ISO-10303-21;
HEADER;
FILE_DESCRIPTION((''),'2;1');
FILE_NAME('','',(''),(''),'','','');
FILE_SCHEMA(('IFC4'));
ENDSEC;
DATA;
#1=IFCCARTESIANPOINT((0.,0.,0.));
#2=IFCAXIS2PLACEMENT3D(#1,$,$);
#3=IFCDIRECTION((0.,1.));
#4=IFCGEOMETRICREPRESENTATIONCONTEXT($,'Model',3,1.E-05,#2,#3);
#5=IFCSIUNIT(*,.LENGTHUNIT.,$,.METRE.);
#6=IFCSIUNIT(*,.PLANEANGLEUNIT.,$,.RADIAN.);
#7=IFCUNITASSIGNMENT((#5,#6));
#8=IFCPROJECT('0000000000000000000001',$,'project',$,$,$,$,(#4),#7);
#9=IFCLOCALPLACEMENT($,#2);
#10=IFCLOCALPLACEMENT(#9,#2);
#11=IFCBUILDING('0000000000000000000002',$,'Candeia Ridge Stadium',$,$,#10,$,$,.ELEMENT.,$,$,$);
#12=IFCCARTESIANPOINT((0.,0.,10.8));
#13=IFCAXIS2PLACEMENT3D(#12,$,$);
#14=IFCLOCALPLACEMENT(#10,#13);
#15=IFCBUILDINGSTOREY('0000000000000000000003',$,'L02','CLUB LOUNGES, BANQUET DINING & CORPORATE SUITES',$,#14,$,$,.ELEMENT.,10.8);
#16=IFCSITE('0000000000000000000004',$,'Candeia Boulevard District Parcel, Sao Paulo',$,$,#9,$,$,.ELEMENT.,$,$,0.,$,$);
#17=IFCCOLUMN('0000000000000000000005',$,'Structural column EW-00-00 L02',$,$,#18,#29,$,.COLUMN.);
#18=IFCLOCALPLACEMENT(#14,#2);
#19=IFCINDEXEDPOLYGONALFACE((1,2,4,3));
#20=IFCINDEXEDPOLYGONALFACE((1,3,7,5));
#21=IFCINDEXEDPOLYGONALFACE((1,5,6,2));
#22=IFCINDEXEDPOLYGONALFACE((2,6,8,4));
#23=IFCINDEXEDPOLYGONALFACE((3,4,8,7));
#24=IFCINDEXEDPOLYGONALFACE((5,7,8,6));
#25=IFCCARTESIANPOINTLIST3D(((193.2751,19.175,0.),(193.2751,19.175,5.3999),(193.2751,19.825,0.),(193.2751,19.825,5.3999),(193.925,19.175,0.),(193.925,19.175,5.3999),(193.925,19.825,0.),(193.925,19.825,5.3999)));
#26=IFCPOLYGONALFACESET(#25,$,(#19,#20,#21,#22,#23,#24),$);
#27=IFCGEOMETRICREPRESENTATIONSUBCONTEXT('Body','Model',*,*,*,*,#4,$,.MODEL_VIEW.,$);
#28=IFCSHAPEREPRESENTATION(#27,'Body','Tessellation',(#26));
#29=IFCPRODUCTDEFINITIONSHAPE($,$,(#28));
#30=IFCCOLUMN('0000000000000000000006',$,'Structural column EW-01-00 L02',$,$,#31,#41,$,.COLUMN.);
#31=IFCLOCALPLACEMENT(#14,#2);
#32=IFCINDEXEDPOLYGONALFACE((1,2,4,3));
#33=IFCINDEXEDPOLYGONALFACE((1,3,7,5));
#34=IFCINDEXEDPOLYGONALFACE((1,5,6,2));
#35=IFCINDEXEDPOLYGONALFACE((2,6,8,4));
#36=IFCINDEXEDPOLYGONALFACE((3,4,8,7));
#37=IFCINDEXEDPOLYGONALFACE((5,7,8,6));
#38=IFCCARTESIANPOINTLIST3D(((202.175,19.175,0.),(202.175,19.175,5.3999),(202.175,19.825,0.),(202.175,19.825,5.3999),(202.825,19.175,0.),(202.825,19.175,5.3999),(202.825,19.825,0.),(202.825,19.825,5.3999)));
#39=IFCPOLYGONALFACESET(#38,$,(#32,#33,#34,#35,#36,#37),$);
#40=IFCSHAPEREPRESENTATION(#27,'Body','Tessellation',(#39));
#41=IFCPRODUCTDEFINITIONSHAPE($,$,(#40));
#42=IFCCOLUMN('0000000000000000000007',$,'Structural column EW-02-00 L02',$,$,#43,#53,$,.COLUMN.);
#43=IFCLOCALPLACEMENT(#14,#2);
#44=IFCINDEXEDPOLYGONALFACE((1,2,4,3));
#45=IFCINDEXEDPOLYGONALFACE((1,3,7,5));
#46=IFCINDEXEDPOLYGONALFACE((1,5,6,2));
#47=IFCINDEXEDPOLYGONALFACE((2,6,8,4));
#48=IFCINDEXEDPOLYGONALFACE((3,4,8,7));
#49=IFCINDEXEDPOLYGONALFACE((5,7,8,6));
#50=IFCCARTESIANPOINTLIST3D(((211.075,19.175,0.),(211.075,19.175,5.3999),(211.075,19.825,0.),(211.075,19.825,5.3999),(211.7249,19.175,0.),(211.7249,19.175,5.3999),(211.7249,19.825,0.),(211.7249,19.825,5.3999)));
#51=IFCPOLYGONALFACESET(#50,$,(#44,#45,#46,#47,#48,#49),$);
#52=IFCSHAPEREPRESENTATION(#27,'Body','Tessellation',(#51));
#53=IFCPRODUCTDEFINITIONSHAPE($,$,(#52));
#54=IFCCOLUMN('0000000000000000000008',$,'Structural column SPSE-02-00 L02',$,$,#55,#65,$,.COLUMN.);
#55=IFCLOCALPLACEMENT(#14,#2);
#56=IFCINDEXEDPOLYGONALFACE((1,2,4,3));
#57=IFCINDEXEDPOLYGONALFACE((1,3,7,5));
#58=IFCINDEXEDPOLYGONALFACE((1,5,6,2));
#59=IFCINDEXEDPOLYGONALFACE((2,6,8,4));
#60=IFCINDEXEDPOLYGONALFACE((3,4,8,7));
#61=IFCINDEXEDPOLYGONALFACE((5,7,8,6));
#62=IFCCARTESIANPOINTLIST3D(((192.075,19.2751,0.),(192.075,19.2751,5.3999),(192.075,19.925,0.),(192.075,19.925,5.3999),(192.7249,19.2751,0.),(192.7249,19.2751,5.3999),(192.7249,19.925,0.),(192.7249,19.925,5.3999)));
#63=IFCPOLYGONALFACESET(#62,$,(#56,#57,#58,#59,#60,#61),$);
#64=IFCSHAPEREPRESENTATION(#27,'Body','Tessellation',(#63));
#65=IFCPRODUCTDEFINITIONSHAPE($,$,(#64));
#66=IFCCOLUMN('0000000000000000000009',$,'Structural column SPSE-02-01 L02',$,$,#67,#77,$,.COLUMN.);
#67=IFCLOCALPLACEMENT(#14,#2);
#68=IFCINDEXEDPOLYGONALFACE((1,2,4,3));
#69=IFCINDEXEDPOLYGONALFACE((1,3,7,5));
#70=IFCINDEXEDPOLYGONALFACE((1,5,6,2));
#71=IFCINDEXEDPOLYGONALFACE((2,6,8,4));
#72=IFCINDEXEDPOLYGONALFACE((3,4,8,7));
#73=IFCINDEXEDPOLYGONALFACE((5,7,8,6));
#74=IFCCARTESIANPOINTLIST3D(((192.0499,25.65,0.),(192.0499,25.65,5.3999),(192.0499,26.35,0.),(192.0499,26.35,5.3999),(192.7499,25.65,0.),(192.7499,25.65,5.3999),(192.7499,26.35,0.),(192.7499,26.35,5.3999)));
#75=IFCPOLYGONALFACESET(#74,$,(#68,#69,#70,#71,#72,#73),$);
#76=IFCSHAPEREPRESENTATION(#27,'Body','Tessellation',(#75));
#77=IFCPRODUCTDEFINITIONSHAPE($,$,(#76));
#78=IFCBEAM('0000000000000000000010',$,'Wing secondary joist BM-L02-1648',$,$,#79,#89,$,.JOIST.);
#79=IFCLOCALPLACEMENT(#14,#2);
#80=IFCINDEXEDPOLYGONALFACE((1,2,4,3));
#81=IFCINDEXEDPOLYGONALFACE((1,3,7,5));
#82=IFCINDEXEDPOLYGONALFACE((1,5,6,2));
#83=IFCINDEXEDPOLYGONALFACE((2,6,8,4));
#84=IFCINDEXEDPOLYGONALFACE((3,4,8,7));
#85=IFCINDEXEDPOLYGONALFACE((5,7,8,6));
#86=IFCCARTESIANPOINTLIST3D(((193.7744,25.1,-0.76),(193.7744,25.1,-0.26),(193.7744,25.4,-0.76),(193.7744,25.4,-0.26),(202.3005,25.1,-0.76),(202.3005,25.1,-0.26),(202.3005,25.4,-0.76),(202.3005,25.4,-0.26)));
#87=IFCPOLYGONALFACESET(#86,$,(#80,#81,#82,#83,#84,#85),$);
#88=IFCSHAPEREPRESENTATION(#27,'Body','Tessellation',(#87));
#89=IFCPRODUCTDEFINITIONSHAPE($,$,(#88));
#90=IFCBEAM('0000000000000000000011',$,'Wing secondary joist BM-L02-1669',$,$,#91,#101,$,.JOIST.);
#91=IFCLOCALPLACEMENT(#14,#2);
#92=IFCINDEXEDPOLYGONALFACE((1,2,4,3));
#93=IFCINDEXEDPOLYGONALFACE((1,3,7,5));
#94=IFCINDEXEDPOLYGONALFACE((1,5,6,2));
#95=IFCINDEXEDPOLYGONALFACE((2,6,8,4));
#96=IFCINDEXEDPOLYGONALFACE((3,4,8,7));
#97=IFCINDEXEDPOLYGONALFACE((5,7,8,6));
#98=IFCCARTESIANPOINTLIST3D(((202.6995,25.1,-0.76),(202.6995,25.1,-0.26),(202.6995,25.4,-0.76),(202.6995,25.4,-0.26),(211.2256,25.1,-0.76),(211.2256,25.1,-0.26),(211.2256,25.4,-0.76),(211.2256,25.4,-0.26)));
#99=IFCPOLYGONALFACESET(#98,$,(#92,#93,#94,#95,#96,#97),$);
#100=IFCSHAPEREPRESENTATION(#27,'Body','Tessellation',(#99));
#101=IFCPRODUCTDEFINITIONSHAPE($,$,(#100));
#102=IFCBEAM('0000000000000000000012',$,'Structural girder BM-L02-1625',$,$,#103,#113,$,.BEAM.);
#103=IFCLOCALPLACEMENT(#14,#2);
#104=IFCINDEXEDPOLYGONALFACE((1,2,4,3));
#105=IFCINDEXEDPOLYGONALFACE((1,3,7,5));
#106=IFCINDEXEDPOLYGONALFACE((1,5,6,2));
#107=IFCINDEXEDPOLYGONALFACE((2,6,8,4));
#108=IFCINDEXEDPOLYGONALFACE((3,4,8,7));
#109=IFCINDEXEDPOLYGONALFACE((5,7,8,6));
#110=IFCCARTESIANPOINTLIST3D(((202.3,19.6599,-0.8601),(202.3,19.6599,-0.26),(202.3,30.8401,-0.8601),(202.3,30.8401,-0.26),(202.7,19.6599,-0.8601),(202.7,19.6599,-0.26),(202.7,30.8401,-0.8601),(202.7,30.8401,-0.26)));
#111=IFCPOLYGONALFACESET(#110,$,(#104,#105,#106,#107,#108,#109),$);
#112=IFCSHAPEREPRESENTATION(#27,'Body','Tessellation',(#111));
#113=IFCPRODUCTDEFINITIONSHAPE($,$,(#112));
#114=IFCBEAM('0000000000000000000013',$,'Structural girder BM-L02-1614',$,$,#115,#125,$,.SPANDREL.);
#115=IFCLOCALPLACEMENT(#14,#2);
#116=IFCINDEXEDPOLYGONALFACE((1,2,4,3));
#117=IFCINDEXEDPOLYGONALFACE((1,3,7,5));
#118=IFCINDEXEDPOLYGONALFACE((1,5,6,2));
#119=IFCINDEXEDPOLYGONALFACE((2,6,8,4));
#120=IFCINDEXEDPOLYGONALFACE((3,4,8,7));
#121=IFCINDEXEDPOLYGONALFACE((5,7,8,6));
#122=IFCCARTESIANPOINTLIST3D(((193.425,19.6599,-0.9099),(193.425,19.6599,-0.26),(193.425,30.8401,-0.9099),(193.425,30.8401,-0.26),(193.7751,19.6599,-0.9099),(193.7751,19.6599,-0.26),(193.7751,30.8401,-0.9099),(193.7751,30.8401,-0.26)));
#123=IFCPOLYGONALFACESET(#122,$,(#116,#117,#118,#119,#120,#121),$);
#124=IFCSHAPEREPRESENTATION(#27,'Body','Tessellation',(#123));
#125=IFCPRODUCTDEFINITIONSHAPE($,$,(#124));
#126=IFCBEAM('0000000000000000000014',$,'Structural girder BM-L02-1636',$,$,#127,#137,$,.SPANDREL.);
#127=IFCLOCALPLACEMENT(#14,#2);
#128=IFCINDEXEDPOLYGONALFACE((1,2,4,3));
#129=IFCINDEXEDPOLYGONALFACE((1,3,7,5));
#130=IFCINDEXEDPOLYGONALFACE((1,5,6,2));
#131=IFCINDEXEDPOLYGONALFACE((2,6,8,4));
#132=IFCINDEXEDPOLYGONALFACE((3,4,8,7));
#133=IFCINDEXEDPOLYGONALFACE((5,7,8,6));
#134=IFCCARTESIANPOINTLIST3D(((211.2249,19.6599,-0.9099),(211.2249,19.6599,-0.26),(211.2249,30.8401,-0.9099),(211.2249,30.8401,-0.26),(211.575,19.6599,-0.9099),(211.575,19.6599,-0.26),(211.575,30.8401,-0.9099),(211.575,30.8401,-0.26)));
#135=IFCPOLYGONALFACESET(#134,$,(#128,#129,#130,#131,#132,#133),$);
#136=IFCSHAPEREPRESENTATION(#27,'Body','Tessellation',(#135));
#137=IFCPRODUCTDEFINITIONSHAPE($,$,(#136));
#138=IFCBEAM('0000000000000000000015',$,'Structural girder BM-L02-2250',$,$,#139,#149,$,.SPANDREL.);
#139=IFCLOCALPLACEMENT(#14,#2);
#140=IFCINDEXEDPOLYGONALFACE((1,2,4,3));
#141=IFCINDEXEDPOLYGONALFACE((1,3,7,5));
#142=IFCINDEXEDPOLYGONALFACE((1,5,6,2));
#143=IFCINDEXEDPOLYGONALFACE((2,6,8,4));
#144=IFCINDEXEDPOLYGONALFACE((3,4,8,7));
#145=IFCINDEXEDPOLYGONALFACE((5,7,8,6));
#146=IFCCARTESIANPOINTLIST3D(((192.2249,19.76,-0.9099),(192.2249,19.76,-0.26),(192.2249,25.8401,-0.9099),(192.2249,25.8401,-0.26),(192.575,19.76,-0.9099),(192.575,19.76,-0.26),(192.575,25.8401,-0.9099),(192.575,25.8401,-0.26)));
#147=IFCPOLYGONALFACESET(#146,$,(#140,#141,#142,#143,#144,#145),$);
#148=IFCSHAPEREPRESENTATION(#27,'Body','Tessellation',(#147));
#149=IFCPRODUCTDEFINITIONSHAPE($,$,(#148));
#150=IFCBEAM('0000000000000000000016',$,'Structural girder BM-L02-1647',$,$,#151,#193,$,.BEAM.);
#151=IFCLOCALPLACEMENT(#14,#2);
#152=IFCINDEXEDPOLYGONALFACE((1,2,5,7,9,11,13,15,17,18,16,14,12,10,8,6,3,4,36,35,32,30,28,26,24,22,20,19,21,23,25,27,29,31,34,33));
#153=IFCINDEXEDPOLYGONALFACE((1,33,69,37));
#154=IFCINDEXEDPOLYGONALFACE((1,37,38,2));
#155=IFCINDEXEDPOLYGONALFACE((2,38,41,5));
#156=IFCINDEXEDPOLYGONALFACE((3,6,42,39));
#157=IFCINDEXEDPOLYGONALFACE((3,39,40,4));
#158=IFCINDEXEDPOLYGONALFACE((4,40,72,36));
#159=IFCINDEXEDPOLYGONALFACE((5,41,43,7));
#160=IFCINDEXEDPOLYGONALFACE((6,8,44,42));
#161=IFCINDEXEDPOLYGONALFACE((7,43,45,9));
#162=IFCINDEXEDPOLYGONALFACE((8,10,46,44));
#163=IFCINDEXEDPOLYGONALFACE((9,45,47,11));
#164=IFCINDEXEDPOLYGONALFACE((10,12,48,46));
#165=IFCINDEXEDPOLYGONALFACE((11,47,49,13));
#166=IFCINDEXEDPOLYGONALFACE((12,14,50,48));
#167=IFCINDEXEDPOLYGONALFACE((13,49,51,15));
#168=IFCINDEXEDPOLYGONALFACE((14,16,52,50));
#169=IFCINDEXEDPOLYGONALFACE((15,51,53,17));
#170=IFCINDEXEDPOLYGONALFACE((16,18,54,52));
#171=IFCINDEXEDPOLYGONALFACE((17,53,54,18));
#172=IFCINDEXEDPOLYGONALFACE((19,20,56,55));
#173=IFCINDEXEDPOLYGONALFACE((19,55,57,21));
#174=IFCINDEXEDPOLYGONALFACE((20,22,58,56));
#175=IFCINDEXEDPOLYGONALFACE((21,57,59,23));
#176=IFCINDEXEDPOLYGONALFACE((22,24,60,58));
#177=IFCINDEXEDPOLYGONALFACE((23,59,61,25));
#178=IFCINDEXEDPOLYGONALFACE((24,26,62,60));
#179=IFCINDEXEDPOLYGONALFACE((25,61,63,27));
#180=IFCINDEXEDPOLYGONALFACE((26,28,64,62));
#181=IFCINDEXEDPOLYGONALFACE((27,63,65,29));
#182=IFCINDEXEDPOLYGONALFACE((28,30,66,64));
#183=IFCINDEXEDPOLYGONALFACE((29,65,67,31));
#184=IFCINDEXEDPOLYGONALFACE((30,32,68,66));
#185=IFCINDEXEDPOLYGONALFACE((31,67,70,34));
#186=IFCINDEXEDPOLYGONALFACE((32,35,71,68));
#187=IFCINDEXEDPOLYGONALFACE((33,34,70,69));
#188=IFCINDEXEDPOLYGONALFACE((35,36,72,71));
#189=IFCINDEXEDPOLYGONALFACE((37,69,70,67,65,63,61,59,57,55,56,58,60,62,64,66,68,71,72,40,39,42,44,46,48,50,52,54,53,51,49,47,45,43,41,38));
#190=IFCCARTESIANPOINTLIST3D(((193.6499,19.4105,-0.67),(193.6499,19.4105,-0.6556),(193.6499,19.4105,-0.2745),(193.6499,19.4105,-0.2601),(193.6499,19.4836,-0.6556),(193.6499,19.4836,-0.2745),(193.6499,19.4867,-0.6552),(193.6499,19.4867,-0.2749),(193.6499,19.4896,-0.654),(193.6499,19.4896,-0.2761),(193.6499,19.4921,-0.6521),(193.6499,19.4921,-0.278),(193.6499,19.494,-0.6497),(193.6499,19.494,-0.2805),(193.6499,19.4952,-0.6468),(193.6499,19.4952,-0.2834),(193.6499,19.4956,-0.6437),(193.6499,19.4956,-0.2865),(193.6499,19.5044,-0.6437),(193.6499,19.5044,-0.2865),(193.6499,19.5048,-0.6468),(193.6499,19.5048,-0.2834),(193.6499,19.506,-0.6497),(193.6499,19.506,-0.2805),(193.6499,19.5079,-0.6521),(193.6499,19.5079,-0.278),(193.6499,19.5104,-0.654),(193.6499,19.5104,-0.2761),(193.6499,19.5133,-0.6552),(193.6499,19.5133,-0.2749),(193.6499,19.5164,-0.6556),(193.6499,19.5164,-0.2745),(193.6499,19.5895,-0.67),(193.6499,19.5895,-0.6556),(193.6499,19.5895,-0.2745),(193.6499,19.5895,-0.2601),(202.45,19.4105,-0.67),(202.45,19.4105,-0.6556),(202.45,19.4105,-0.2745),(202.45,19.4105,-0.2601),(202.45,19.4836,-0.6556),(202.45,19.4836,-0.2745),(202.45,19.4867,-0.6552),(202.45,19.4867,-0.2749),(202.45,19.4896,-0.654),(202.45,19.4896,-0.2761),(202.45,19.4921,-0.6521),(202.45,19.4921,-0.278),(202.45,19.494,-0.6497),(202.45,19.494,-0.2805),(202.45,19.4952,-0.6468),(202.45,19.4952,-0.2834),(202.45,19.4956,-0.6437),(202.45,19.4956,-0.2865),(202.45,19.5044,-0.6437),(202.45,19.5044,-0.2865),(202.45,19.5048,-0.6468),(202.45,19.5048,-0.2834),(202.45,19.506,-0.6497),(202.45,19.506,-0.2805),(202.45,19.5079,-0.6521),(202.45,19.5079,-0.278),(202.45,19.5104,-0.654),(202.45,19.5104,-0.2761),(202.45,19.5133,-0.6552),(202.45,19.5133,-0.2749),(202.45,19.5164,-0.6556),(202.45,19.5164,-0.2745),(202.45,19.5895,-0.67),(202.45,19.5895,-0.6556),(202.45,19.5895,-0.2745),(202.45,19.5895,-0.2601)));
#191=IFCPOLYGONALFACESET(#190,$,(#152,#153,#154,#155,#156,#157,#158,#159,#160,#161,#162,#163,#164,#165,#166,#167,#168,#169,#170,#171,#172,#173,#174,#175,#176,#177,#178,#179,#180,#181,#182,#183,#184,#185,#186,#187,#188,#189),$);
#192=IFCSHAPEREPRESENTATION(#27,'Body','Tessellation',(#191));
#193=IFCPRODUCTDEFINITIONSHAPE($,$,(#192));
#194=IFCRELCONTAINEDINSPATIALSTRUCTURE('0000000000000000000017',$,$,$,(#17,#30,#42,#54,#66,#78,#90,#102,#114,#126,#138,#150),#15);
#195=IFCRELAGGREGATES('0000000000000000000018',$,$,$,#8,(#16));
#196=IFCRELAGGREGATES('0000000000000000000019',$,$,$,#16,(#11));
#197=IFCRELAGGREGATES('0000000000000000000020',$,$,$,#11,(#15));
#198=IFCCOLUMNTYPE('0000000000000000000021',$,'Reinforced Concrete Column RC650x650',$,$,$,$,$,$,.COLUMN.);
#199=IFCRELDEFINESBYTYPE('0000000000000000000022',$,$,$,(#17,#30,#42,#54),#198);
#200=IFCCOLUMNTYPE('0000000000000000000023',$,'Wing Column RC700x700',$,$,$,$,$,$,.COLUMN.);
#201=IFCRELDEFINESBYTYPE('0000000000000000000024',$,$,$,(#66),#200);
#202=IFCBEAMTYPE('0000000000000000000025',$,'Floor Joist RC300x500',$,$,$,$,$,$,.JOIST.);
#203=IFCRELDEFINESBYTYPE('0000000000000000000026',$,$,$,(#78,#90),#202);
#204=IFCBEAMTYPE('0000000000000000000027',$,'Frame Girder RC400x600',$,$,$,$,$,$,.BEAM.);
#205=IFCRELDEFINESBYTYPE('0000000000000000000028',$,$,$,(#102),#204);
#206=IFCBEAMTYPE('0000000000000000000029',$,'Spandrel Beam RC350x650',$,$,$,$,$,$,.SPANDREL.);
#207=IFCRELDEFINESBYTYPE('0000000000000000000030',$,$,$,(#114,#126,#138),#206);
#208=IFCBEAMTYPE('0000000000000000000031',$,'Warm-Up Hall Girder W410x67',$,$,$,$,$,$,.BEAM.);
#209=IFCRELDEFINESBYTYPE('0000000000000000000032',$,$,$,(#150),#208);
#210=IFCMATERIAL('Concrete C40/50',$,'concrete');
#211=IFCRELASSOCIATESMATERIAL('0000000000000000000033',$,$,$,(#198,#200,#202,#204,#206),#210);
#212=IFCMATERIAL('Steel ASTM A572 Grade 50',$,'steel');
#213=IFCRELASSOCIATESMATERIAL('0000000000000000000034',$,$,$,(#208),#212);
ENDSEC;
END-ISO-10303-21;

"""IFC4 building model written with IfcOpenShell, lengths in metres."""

from ifc_helpers import new_model, si_unit, direction, frame, origin, origin_2d, place, context, subcontext, project, spatial, rectangle, i_section, extrude, material, material_profile, profile_set, type_object, element, save


model = new_model("IFC4")

# Units and contexts
model_context = context("Model", 3, precision=1e-05, world=origin(), true_north=direction((0.0, 1.0)))
body_context = subcontext(model_context, "Body", "Model", "MODEL_VIEW")
ifc_project = project(units=[si_unit("LENGTHUNIT", "METRE"), si_unit("PLANEANGLEUNIT", "RADIAN")], contexts=[model_context])

# Site, building, storey
site_placement = place(None, origin())
site = spatial("IfcSite", under=ifc_project, at=site_placement, Name="Candeia Boulevard District Parcel, Sao Paulo", CompositionType="ELEMENT", RefElevation=0.0)
building_placement = place(site_placement, origin())
building = spatial("IfcBuilding", under=site, at=building_placement, Name="Candeia Ridge Stadium", CompositionType="ELEMENT")
storey_placement = place(building_placement, frame((0.0, 0.0, 10.8)))
storey = spatial("IfcBuildingStorey", under=building, at=storey_placement, Name="L02", Description="CLUB LOUNGES, BANQUET DINING & CORPORATE SUITES", CompositionType="ELEMENT", Elevation=10.8)

# Columns
ifc_material_1 = material(Name="Concrete C40/50", Category="concrete")
ifc_material_profile_1 = material_profile(ifc_material_1, rectangle(XDim=0.6499, YDim=0.6499, at=origin_2d()), Name="RC650x650", Category="concrete")
ifc_profile_set_1 = profile_set([ifc_material_profile_1], Name="Concrete C40/50")
column_type_1 = type_object("IfcColumnType", Name="Reinforced Concrete Column RC650x650", PredefinedType="COLUMN", material=ifc_profile_set_1)
for number, where, z_axis, x_axis, name in (
    (1, (193.6001, 19.5, 0.0), (0.0, 0.0, 1.0), (1.0, 0.0, 0.0), "Structural column EW-00-00 L02"),
    (2, (202.5, 19.5, 0.0), (0.0, 0.0, 1.0), (1.0, 0.0, 0.0), "Structural column EW-01-00 L02"),
    (3, (211.3999, 19.5, 0.0), (0.0, 0.0, 1.0), (1.0, 0.0, 0.0), "Structural column EW-02-00 L02"),
    (4, (192.3999, 19.6001, 0.0), (0.0, 0.0, 1.0), (1.0, 0.0, 0.0), "Structural column SPSE-02-00 L02"),
):
    element("IfcColumn", number, at=place(storey_placement, frame(where, z_axis=z_axis, x_axis=x_axis)), inside=storey, type_object=column_type_1, Name=name, PredefinedType="COLUMN", context=body_context, shape_type="SweptSolid", body=[
        extrude(rectangle(XDim=0.6499, YDim=0.6499, at=origin_2d()), origin(), (0.0, 0.0, 1.0), 5.3999),
    ])
ifc_material_profile_2 = material_profile(ifc_material_1, rectangle(XDim=0.7, YDim=0.7, at=origin_2d()), Name="RC700x700", Category="concrete")
ifc_profile_set_2 = profile_set([ifc_material_profile_2], Name="Concrete C40/50")
column_type_2 = type_object("IfcColumnType", Name="Wing Column RC700x700", PredefinedType="COLUMN", material=ifc_profile_set_2)
column_placement = place(storey_placement, frame((192.3999, 26.0, 0.0), z_axis=(0.0, 0.0, 1.0), x_axis=(1.0, 0.0, 0.0)))
element("IfcColumn", 5, at=column_placement, inside=storey, type_object=column_type_2, Name="Structural column SPSE-02-01 L02", PredefinedType="COLUMN", context=body_context, shape_type="SweptSolid", body=[
    extrude(rectangle(XDim=0.7, YDim=0.7, at=origin_2d()), origin(), (0.0, 0.0, 1.0), 5.3999),
])

# Beams
ifc_material_profile_3 = material_profile(ifc_material_1, rectangle(XDim=0.3, YDim=0.5, at=origin_2d()), Name="RC300x500", Category="concrete")
ifc_profile_set_3 = profile_set([ifc_material_profile_3], Name="Concrete C40/50")
beam_type_1 = type_object("IfcBeamType", Name="Floor Joist RC300x500", PredefinedType="JOIST", material=ifc_profile_set_3)
for number, where, z_axis, x_axis, name in (
    (6, (193.7744, 25.25, -0.51), (1.0, 0.0, 0.0), (0.0, 1.0, 0.0), "Wing secondary joist BM-L02-1648"),
    (7, (202.6995, 25.25, -0.51), (1.0, 0.0, 0.0), (0.0, 1.0, 0.0), "Wing secondary joist BM-L02-1669"),
):
    element("IfcBeam", number, at=place(storey_placement, frame(where, z_axis=z_axis, x_axis=x_axis)), inside=storey, type_object=beam_type_1, Name=name, PredefinedType="JOIST", context=body_context, shape_type="SweptSolid", body=[
        extrude(rectangle(XDim=0.3, YDim=0.5, at=origin_2d()), origin(), (0.0, 0.0, 1.0), 8.5261),
    ])
ifc_material_profile_4 = material_profile(ifc_material_1, rectangle(XDim=0.3999, YDim=0.6001, at=origin_2d()), Name="RC400x600", Category="concrete")
ifc_profile_set_4 = profile_set([ifc_material_profile_4], Name="Concrete C40/50")
beam_type_2 = type_object("IfcBeamType", Name="Frame Girder RC400x600", PredefinedType="BEAM", material=ifc_profile_set_4)
beam_1_placement = place(storey_placement, frame((202.5, 19.6599, -0.5601), z_axis=(0.0, 1.0, 0.0), x_axis=(-1.0, 0.0, 0.0)))
element("IfcBeam", 8, at=beam_1_placement, inside=storey, type_object=beam_type_2, Name="Structural girder BM-L02-1625", PredefinedType="BEAM", context=body_context, shape_type="SweptSolid", body=[
    extrude(rectangle(XDim=0.3999, YDim=0.6001, at=origin_2d()), origin(), (0.0, 0.0, 1.0), 11.1802),
])
ifc_material_profile_5 = material_profile(ifc_material_1, rectangle(XDim=0.3501, YDim=0.6499, at=origin_2d()), Name="RC350x650", Category="concrete")
ifc_profile_set_5 = profile_set([ifc_material_profile_5], Name="Concrete C40/50")
beam_type_3 = type_object("IfcBeamType", Name="Spandrel Beam RC350x650", PredefinedType="SPANDREL", material=ifc_profile_set_5)
for number, where, z_axis, x_axis, name in (
    (9, (193.6001, 19.6599, -0.585), (0.0, 1.0, 0.0), (-1.0, 0.0, 0.0), "Structural girder BM-L02-1614"),
    (10, (211.3999, 19.6599, -0.585), (0.0, 1.0, 0.0), (-1.0, 0.0, 0.0), "Structural girder BM-L02-1636"),
):
    element("IfcBeam", number, at=place(storey_placement, frame(where, z_axis=z_axis, x_axis=x_axis)), inside=storey, type_object=beam_type_3, Name=name, PredefinedType="SPANDREL", context=body_context, shape_type="SweptSolid", body=[
        extrude(rectangle(XDim=0.3501, YDim=0.6499, at=origin_2d()), origin(), (0.0, 0.0, 1.0), 11.1802),
    ])
beam_2_placement = place(storey_placement, frame((192.3999, 19.76, -0.585), z_axis=(0.0, 1.0, 0.0), x_axis=(-1.0, 0.0, 0.0)))
element("IfcBeam", 11, at=beam_2_placement, inside=storey, type_object=beam_type_3, Name="Structural girder BM-L02-2250", PredefinedType="SPANDREL", context=body_context, shape_type="SweptSolid", body=[
    extrude(rectangle(XDim=0.3501, YDim=0.6499, at=origin_2d()), origin(), (0.0, 0.0, 1.0), 6.0801),
])
ifc_material_2 = material(Name="Steel ASTM A572 Grade 50", Category="steel")
ifc_material_profile_6 = material_profile(ifc_material_2, i_section(OverallWidth=0.179, OverallDepth=0.4099, WebThickness=0.0088, FlangeThickness=0.0144, FilletRadius=0.012, at=origin_2d()), Name="W410x67", Category="steel")
ifc_profile_set_6 = profile_set([ifc_material_profile_6], Name="Steel ASTM A572 Grade 50")
beam_type_4 = type_object("IfcBeamType", Name="Warm-Up Hall Girder W410x67", PredefinedType="BEAM", material=ifc_profile_set_6)
for number, where, z_axis, x_axis, name in (
    (12, (193.6499, 19.5, -0.4651), (1.0, 0.0, 0.0), (0.0, 1.0, 0.0), "Structural girder BM-L02-1647"),
):
    element("IfcBeam", number, at=place(storey_placement, frame(where, z_axis=z_axis, x_axis=x_axis)), inside=storey, type_object=beam_type_4, Name=name, PredefinedType="BEAM", context=body_context, shape_type="SweptSolid", body=[
        extrude(i_section(OverallWidth=0.179, OverallDepth=0.4099, WebThickness=0.0088, FlangeThickness=0.0144, FilletRadius=0.012, at=origin_2d()), origin(), (0.0, 0.0, 1.0), 8.8),
    ])

save(model, "model.ifc")
